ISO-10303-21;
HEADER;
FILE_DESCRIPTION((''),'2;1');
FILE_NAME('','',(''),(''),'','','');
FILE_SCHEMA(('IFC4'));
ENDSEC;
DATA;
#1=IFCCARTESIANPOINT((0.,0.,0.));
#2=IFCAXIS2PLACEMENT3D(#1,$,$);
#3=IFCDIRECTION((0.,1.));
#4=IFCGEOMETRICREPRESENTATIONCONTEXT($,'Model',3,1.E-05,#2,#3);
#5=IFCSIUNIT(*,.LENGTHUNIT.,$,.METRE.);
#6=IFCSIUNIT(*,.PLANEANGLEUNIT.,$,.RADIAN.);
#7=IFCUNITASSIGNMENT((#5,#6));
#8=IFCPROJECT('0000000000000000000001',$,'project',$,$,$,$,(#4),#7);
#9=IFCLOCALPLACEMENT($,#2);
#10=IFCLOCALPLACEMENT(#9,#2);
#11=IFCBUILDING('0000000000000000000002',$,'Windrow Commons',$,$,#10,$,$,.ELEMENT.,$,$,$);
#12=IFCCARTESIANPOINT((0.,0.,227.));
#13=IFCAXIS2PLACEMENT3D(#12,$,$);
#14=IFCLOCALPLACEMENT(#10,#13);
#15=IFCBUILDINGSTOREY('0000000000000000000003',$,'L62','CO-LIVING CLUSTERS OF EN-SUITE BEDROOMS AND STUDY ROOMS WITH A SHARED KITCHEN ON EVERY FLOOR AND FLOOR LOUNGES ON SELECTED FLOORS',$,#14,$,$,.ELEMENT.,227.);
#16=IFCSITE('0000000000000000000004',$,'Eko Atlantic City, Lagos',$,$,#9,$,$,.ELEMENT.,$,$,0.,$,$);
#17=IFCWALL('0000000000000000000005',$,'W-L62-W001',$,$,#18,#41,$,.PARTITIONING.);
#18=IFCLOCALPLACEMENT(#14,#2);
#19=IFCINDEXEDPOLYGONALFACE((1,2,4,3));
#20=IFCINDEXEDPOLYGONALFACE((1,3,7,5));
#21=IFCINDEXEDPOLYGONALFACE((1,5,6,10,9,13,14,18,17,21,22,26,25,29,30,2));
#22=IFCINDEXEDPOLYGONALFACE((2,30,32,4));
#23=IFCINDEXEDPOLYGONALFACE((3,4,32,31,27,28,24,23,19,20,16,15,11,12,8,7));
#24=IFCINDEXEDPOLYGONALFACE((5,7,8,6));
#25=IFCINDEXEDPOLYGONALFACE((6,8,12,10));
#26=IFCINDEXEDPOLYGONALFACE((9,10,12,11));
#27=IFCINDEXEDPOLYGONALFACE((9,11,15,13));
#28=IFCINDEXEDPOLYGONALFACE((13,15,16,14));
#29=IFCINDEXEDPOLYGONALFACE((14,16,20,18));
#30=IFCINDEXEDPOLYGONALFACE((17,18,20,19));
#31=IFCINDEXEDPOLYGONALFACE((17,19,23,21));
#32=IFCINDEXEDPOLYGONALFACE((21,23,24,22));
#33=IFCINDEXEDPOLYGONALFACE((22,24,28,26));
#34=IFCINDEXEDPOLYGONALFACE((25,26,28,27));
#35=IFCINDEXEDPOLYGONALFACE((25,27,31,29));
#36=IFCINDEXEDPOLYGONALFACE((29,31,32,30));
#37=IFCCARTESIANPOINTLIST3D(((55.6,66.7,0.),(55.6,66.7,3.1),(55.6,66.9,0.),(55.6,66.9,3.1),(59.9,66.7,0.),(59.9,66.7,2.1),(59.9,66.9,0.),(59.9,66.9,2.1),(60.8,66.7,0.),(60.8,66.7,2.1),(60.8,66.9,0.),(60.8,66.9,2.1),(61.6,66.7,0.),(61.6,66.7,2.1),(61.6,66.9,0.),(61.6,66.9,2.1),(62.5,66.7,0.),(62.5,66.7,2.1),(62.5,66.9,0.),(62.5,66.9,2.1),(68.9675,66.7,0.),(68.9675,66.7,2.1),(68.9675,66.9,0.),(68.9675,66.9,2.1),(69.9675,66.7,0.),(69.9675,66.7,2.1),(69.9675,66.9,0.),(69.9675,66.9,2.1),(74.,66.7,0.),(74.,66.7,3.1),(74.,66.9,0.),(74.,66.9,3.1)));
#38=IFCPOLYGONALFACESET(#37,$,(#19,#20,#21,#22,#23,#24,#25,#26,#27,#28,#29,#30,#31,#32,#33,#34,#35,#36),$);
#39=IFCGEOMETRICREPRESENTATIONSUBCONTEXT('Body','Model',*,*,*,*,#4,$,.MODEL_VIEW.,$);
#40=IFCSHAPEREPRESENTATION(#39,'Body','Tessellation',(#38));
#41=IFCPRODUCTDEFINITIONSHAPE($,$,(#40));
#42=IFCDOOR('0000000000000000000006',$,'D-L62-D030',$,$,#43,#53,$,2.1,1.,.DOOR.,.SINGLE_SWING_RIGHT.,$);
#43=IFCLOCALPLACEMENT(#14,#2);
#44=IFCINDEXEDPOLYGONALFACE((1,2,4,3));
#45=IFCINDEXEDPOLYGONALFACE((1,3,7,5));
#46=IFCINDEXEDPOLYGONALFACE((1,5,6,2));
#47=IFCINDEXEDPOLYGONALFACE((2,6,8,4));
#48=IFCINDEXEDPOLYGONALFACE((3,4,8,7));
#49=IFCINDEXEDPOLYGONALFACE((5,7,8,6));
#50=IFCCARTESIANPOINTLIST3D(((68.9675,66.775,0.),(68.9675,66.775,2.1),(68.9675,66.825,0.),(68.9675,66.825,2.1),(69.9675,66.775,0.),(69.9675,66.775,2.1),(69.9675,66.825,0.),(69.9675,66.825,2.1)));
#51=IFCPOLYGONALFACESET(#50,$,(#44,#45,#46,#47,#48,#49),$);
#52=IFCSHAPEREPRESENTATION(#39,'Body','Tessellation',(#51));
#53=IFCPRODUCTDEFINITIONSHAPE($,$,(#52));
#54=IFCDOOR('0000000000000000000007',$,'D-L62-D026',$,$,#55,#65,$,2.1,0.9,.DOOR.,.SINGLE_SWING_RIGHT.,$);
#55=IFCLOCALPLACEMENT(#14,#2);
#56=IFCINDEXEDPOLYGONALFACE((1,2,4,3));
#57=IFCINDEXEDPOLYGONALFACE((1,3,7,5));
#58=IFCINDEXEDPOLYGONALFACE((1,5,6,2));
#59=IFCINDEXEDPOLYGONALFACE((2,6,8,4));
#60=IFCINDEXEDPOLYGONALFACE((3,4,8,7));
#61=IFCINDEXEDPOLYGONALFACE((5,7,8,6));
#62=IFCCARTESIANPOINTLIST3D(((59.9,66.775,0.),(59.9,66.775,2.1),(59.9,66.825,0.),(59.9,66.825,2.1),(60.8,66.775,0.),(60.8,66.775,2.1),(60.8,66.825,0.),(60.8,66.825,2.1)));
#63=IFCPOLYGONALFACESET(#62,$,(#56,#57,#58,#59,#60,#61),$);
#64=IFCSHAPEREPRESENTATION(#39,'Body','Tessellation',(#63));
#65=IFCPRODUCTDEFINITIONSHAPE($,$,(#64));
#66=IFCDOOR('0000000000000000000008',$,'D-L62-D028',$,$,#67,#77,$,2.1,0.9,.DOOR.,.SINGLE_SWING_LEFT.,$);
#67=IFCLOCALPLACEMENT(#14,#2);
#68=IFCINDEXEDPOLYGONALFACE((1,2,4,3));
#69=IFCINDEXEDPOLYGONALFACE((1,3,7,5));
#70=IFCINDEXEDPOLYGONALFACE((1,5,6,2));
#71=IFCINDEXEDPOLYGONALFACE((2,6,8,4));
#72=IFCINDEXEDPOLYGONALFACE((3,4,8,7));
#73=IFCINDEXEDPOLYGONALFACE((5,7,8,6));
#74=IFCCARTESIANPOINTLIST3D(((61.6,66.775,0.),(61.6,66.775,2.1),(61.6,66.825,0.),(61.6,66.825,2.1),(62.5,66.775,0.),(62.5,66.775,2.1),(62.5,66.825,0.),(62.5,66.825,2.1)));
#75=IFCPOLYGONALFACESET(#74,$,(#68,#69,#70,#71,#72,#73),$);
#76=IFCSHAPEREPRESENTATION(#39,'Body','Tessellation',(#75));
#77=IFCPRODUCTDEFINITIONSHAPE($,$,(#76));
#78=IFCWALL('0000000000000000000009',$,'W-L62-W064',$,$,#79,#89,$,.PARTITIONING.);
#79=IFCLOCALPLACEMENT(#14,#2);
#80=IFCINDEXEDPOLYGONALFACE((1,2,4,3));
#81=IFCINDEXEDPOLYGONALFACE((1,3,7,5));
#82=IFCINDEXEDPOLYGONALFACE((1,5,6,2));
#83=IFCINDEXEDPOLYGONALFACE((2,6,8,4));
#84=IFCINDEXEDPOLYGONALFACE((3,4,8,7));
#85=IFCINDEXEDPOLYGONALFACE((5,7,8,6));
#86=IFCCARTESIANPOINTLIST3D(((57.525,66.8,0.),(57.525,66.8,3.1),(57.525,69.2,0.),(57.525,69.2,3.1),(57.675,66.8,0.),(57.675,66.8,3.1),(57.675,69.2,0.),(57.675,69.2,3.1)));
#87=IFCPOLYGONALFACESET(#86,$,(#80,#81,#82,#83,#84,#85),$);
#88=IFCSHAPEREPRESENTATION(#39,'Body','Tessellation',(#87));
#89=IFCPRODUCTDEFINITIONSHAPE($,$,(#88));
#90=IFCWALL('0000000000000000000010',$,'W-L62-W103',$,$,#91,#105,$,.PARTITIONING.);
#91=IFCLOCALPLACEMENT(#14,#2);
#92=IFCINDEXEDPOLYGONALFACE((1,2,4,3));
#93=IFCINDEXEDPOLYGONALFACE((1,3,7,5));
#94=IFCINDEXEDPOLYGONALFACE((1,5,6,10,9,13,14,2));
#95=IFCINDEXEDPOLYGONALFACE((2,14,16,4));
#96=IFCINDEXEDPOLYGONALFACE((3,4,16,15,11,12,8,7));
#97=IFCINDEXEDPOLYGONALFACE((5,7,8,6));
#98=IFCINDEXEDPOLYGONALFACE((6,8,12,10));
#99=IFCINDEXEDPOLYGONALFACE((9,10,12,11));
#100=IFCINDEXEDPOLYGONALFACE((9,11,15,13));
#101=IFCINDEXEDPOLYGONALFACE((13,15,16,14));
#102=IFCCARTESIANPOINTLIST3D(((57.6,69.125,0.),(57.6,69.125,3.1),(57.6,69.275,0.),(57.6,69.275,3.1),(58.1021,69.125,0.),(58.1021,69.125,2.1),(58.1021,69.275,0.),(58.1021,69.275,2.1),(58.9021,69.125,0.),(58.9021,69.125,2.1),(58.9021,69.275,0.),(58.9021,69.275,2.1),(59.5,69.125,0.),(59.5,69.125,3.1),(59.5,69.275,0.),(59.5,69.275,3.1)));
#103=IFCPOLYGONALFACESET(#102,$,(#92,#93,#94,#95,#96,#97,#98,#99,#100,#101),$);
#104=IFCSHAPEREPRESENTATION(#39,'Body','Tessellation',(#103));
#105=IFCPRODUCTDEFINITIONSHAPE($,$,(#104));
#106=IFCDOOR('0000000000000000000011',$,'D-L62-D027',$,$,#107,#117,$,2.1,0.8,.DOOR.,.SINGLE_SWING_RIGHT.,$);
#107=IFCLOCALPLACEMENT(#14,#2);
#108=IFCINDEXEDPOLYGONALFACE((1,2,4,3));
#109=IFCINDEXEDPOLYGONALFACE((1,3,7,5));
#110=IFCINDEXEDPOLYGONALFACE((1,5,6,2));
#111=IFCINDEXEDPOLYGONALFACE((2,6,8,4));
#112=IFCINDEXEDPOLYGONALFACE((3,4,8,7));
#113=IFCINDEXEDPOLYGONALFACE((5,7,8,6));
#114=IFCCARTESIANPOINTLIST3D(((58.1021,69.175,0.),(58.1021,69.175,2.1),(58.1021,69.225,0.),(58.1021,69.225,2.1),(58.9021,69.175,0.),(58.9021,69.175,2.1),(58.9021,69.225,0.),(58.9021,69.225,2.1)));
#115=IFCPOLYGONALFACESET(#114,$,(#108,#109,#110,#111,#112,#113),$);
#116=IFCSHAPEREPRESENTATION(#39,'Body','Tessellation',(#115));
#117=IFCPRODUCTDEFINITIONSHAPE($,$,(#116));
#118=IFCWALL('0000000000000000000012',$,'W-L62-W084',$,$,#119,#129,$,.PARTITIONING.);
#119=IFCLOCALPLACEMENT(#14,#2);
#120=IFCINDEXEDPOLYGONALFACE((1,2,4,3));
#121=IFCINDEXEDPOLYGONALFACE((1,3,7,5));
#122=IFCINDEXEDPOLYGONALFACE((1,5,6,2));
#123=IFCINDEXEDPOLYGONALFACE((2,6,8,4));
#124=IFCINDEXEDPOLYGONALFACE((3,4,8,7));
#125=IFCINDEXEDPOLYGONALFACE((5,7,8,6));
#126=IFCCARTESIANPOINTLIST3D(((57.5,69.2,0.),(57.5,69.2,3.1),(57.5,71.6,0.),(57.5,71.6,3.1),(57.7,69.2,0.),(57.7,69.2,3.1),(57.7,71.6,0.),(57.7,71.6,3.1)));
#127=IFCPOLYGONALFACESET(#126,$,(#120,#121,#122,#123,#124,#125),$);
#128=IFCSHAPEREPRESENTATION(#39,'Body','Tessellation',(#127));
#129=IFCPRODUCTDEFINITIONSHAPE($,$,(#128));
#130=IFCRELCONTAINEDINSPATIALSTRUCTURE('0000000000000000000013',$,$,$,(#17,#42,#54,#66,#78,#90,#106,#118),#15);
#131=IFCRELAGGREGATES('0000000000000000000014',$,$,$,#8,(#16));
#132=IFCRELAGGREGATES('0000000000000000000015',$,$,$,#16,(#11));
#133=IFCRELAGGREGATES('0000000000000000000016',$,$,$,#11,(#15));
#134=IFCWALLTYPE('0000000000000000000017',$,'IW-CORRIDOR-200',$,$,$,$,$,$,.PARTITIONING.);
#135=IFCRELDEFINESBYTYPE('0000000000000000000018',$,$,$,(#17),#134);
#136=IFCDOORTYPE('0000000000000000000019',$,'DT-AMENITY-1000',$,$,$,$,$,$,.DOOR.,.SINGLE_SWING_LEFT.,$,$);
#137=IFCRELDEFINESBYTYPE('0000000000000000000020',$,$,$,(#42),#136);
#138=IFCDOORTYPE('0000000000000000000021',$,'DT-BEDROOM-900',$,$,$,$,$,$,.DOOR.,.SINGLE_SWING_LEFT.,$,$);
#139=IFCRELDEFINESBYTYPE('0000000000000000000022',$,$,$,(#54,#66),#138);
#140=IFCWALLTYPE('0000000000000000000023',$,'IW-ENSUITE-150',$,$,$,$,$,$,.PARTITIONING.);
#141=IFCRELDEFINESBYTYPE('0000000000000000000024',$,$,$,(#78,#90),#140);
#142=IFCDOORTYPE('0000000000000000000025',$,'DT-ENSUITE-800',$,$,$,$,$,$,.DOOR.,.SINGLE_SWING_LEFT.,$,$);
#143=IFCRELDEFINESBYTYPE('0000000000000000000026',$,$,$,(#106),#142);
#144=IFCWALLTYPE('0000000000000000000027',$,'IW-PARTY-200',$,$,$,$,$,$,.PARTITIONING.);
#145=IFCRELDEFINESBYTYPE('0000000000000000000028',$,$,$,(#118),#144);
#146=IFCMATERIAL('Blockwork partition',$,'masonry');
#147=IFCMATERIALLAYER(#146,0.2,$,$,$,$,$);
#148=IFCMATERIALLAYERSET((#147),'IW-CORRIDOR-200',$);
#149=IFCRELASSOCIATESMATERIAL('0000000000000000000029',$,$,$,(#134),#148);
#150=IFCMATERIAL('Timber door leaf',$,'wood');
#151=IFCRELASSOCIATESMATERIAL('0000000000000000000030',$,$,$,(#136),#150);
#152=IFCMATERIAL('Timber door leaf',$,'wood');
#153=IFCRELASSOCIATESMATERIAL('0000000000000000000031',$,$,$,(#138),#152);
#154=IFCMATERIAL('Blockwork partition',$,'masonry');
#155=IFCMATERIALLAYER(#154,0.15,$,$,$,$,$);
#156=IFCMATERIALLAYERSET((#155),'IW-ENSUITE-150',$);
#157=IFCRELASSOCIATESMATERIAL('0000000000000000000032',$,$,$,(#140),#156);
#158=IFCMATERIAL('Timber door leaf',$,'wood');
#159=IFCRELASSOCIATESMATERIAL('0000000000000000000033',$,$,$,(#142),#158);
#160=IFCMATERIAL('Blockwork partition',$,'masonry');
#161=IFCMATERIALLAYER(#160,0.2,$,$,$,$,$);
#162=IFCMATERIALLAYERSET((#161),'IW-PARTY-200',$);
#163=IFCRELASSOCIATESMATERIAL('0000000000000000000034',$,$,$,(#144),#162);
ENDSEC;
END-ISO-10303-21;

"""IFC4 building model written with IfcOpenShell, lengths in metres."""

from ifc_helpers import new_model, si_unit, direction, frame, frame_2d, origin, place, context, subcontext, project, spatial, rectangle, extrude, material, layer, layer_set, type_object, element, fill, save


model = new_model("IFC4")

# Units and contexts
model_context = context("Model", 3, precision=1e-05, world=origin(), true_north=direction((0.0, 1.0)))
body_context = subcontext(model_context, "Body", "Model", "MODEL_VIEW")
ifc_project = project(units=[si_unit("LENGTHUNIT", "METRE"), si_unit("PLANEANGLEUNIT", "RADIAN")], contexts=[model_context])

# Site, building, storey
site_placement = place(None, origin())
site = spatial("IfcSite", under=ifc_project, at=site_placement, Name="Eko Atlantic City, Lagos", CompositionType="ELEMENT", RefElevation=0.0)
building_placement = place(site_placement, origin())
building = spatial("IfcBuilding", under=site, at=building_placement, Name="Windrow Commons", CompositionType="ELEMENT")
storey_placement = place(building_placement, frame((0.0, 0.0, 227.0)))
storey = spatial("IfcBuildingStorey", under=building, at=storey_placement, Name="L62", Description="CO-LIVING CLUSTERS OF EN-SUITE BEDROOMS AND STUDY ROOMS WITH A SHARED KITCHEN ON EVERY FLOOR AND FLOOR LOUNGES ON SELECTED FLOORS", CompositionType="ELEMENT", Elevation=227.0)

# Wall, openings, doors
ifc_material_1 = material(Name="Blockwork partition", Category="masonry")
ifc_layer_1 = layer(ifc_material_1, 0.2)
ifc_layer_set_1 = layer_set([ifc_layer_1], Name="IW-CORRIDOR-200")
wall_type_1 = type_object("IfcWallType", Name="IW-CORRIDOR-200", PredefinedType="PARTITIONING", material=ifc_layer_set_1)
wall_1_placement = place(storey_placement, frame((55.6, 66.8, 0.0), z_axis=(0.0, 0.0, 1.0), x_axis=(1.0, 0.0, 0.0)))
wall_1 = element("IfcWall", 1, at=wall_1_placement, inside=storey, type_object=wall_type_1, Name="W-L62-W001", PredefinedType="PARTITIONING", context=body_context, shape_type="SweptSolid", body=[
    extrude(rectangle(XDim=18.4, YDim=0.2, at=frame_2d((9.2, 0.0))), origin(), (0.0, 0.0, 1.0), 3.1),
])
opening_1_placement = place(wall_1_placement, frame((4.3, 0.0, 0.0)))
opening_1 = element("IfcOpeningElement", 2, at=opening_1_placement, cuts=wall_1, PredefinedType="OPENING", context=body_context, shape_type="SweptSolid", body=[
    extrude(rectangle(XDim=0.9, YDim=2.1, at=frame_2d((0.45, 1.05))), frame((0.0, 0.11, 0.0), z_axis=(0.0, -1.0, 0.0), x_axis=(1.0, 0.0, 0.0)), (0.0, 0.0, 1.0), 0.22),
])
opening_2_placement = place(wall_1_placement, frame((6.0, 0.0, 0.0)))
opening_2 = element("IfcOpeningElement", 3, at=opening_2_placement, cuts=wall_1, PredefinedType="OPENING", context=body_context, shape_type="SweptSolid", body=[
    extrude(rectangle(XDim=0.9, YDim=2.1, at=frame_2d((0.45, 1.05))), frame((0.0, 0.11, 0.0), z_axis=(0.0, -1.0, 0.0), x_axis=(1.0, 0.0, 0.0)), (0.0, 0.0, 1.0), 0.22),
])
opening_3_placement = place(wall_1_placement, frame((13.3675, 0.0, 0.0)))
opening_3 = element("IfcOpeningElement", 4, at=opening_3_placement, cuts=wall_1, PredefinedType="OPENING", context=body_context, shape_type="SweptSolid", body=[
    extrude(rectangle(XDim=1.0, YDim=2.1, at=frame_2d((0.5, 1.05))), frame((0.0, 0.11, 0.0), z_axis=(0.0, -1.0, 0.0), x_axis=(1.0, 0.0, 0.0)), (0.0, 0.0, 1.0), 0.22),
])
ifc_material_2 = material(Name="Timber door leaf", Category="wood")
door_type_1 = type_object("IfcDoorType", Name="DT-AMENITY-1000", OperationType="SINGLE_SWING_LEFT", PredefinedType="DOOR", material=ifc_material_2)
door_1_placement = place(opening_3_placement, origin())
door_1 = element("IfcDoor", 5, at=door_1_placement, inside=storey, type_object=door_type_1, Name="D-L62-D030", OperationType="SINGLE_SWING_RIGHT", OverallHeight=2.1, OverallWidth=1.0, PredefinedType="DOOR", context=body_context, shape_type="SweptSolid", body=[
    extrude(rectangle(XDim=1.0, YDim=2.1, at=frame_2d((0.5, 1.05))), frame((0.0, 0.025, 0.0), z_axis=(0.0, -1.0, 0.0), x_axis=(1.0, 0.0, 0.0)), (0.0, 0.0, 1.0), 0.05),
])
fill(opening_3, door_1)
ifc_material_3 = material(Name="Timber door leaf", Category="wood")
door_type_2 = type_object("IfcDoorType", Name="DT-BEDROOM-900", OperationType="SINGLE_SWING_LEFT", PredefinedType="DOOR", material=ifc_material_3)
door_2_placement = place(opening_1_placement, origin())
door_2 = element("IfcDoor", 6, at=door_2_placement, inside=storey, type_object=door_type_2, Name="D-L62-D026", OperationType="SINGLE_SWING_RIGHT", OverallHeight=2.1, OverallWidth=0.9, PredefinedType="DOOR", context=body_context, shape_type="SweptSolid", body=[
    extrude(rectangle(XDim=0.9, YDim=2.1, at=frame_2d((0.45, 1.05))), frame((0.0, 0.025, 0.0), z_axis=(0.0, -1.0, 0.0), x_axis=(1.0, 0.0, 0.0)), (0.0, 0.0, 1.0), 0.05),
])
fill(opening_1, door_2)
door_3_placement = place(opening_2_placement, origin())
door_3 = element("IfcDoor", 7, at=door_3_placement, inside=storey, type_object=door_type_2, Name="D-L62-D028", OperationType="SINGLE_SWING_LEFT", OverallHeight=2.1, OverallWidth=0.9, PredefinedType="DOOR", context=body_context, shape_type="SweptSolid", body=[
    extrude(rectangle(XDim=0.9, YDim=2.1, at=frame_2d((0.45, 1.05))), frame((0.0, 0.025, 0.0), z_axis=(0.0, -1.0, 0.0), x_axis=(1.0, 0.0, 0.0)), (0.0, 0.0, 1.0), 0.05),
])
fill(opening_2, door_3)

# Wall
ifc_material_4 = material(Name="Blockwork partition", Category="masonry")
ifc_layer_2 = layer(ifc_material_4, 0.15)
ifc_layer_set_2 = layer_set([ifc_layer_2], Name="IW-ENSUITE-150")
wall_type_2 = type_object("IfcWallType", Name="IW-ENSUITE-150", PredefinedType="PARTITIONING", material=ifc_layer_set_2)
wall_2_placement = place(storey_placement, frame((57.6, 66.8, 0.0), z_axis=(0.0, 0.0, 1.0), x_axis=(0.0, 1.0, 0.0)))
element("IfcWall", 8, at=wall_2_placement, inside=storey, type_object=wall_type_2, Name="W-L62-W064", PredefinedType="PARTITIONING", context=body_context, shape_type="SweptSolid", body=[
    extrude(rectangle(XDim=2.4, YDim=0.15, at=frame_2d((1.2, 0.0))), origin(), (0.0, 0.0, 1.0), 3.1),
])

# Wall, opening, door
wall_3_placement = place(storey_placement, frame((57.6, 69.2, 0.0), z_axis=(0.0, 0.0, 1.0), x_axis=(1.0, 0.0, 0.0)))
wall_3 = element("IfcWall", 9, at=wall_3_placement, inside=storey, type_object=wall_type_2, Name="W-L62-W103", PredefinedType="PARTITIONING", context=body_context, shape_type="SweptSolid", body=[
    extrude(rectangle(XDim=1.9, YDim=0.15, at=frame_2d((0.95, 0.0))), origin(), (0.0, 0.0, 1.0), 3.1),
])
opening_4_placement = place(wall_3_placement, frame((0.5021, 0.0, 0.0)))
opening_4 = element("IfcOpeningElement", 10, at=opening_4_placement, cuts=wall_3, PredefinedType="OPENING", context=body_context, shape_type="SweptSolid", body=[
    extrude(rectangle(XDim=0.8, YDim=2.1, at=frame_2d((0.4, 1.05))), frame((0.0, 0.085, 0.0), z_axis=(0.0, -1.0, 0.0), x_axis=(1.0, 0.0, 0.0)), (0.0, 0.0, 1.0), 0.17),
])
ifc_material_5 = material(Name="Timber door leaf", Category="wood")
door_type_3 = type_object("IfcDoorType", Name="DT-ENSUITE-800", OperationType="SINGLE_SWING_LEFT", PredefinedType="DOOR", material=ifc_material_5)
door_4_placement = place(opening_4_placement, origin())
door_4 = element("IfcDoor", 11, at=door_4_placement, inside=storey, type_object=door_type_3, Name="D-L62-D027", OperationType="SINGLE_SWING_RIGHT", OverallHeight=2.1, OverallWidth=0.8, PredefinedType="DOOR", context=body_context, shape_type="SweptSolid", body=[
    extrude(rectangle(XDim=0.8, YDim=2.1, at=frame_2d((0.4, 1.05))), frame((0.0, 0.025, 0.0), z_axis=(0.0, -1.0, 0.0), x_axis=(1.0, 0.0, 0.0)), (0.0, 0.0, 1.0), 0.05),
])
fill(opening_4, door_4)

# Wall
ifc_material_6 = material(Name="Blockwork partition", Category="masonry")
ifc_layer_3 = layer(ifc_material_6, 0.2)
ifc_layer_set_3 = layer_set([ifc_layer_3], Name="IW-PARTY-200")
wall_type_3 = type_object("IfcWallType", Name="IW-PARTY-200", PredefinedType="PARTITIONING", material=ifc_layer_set_3)
wall_4_placement = place(storey_placement, frame((57.6, 69.2, 0.0), z_axis=(0.0, 0.0, 1.0), x_axis=(0.0, 1.0, 0.0)))
element("IfcWall", 12, at=wall_4_placement, inside=storey, type_object=wall_type_3, Name="W-L62-W084", PredefinedType="PARTITIONING", context=body_context, shape_type="SweptSolid", body=[
    extrude(rectangle(XDim=2.4, YDim=0.2, at=frame_2d((1.2, 0.0))), origin(), (0.0, 0.0, 1.0), 3.1),
])

save(model, "model.ifc")
